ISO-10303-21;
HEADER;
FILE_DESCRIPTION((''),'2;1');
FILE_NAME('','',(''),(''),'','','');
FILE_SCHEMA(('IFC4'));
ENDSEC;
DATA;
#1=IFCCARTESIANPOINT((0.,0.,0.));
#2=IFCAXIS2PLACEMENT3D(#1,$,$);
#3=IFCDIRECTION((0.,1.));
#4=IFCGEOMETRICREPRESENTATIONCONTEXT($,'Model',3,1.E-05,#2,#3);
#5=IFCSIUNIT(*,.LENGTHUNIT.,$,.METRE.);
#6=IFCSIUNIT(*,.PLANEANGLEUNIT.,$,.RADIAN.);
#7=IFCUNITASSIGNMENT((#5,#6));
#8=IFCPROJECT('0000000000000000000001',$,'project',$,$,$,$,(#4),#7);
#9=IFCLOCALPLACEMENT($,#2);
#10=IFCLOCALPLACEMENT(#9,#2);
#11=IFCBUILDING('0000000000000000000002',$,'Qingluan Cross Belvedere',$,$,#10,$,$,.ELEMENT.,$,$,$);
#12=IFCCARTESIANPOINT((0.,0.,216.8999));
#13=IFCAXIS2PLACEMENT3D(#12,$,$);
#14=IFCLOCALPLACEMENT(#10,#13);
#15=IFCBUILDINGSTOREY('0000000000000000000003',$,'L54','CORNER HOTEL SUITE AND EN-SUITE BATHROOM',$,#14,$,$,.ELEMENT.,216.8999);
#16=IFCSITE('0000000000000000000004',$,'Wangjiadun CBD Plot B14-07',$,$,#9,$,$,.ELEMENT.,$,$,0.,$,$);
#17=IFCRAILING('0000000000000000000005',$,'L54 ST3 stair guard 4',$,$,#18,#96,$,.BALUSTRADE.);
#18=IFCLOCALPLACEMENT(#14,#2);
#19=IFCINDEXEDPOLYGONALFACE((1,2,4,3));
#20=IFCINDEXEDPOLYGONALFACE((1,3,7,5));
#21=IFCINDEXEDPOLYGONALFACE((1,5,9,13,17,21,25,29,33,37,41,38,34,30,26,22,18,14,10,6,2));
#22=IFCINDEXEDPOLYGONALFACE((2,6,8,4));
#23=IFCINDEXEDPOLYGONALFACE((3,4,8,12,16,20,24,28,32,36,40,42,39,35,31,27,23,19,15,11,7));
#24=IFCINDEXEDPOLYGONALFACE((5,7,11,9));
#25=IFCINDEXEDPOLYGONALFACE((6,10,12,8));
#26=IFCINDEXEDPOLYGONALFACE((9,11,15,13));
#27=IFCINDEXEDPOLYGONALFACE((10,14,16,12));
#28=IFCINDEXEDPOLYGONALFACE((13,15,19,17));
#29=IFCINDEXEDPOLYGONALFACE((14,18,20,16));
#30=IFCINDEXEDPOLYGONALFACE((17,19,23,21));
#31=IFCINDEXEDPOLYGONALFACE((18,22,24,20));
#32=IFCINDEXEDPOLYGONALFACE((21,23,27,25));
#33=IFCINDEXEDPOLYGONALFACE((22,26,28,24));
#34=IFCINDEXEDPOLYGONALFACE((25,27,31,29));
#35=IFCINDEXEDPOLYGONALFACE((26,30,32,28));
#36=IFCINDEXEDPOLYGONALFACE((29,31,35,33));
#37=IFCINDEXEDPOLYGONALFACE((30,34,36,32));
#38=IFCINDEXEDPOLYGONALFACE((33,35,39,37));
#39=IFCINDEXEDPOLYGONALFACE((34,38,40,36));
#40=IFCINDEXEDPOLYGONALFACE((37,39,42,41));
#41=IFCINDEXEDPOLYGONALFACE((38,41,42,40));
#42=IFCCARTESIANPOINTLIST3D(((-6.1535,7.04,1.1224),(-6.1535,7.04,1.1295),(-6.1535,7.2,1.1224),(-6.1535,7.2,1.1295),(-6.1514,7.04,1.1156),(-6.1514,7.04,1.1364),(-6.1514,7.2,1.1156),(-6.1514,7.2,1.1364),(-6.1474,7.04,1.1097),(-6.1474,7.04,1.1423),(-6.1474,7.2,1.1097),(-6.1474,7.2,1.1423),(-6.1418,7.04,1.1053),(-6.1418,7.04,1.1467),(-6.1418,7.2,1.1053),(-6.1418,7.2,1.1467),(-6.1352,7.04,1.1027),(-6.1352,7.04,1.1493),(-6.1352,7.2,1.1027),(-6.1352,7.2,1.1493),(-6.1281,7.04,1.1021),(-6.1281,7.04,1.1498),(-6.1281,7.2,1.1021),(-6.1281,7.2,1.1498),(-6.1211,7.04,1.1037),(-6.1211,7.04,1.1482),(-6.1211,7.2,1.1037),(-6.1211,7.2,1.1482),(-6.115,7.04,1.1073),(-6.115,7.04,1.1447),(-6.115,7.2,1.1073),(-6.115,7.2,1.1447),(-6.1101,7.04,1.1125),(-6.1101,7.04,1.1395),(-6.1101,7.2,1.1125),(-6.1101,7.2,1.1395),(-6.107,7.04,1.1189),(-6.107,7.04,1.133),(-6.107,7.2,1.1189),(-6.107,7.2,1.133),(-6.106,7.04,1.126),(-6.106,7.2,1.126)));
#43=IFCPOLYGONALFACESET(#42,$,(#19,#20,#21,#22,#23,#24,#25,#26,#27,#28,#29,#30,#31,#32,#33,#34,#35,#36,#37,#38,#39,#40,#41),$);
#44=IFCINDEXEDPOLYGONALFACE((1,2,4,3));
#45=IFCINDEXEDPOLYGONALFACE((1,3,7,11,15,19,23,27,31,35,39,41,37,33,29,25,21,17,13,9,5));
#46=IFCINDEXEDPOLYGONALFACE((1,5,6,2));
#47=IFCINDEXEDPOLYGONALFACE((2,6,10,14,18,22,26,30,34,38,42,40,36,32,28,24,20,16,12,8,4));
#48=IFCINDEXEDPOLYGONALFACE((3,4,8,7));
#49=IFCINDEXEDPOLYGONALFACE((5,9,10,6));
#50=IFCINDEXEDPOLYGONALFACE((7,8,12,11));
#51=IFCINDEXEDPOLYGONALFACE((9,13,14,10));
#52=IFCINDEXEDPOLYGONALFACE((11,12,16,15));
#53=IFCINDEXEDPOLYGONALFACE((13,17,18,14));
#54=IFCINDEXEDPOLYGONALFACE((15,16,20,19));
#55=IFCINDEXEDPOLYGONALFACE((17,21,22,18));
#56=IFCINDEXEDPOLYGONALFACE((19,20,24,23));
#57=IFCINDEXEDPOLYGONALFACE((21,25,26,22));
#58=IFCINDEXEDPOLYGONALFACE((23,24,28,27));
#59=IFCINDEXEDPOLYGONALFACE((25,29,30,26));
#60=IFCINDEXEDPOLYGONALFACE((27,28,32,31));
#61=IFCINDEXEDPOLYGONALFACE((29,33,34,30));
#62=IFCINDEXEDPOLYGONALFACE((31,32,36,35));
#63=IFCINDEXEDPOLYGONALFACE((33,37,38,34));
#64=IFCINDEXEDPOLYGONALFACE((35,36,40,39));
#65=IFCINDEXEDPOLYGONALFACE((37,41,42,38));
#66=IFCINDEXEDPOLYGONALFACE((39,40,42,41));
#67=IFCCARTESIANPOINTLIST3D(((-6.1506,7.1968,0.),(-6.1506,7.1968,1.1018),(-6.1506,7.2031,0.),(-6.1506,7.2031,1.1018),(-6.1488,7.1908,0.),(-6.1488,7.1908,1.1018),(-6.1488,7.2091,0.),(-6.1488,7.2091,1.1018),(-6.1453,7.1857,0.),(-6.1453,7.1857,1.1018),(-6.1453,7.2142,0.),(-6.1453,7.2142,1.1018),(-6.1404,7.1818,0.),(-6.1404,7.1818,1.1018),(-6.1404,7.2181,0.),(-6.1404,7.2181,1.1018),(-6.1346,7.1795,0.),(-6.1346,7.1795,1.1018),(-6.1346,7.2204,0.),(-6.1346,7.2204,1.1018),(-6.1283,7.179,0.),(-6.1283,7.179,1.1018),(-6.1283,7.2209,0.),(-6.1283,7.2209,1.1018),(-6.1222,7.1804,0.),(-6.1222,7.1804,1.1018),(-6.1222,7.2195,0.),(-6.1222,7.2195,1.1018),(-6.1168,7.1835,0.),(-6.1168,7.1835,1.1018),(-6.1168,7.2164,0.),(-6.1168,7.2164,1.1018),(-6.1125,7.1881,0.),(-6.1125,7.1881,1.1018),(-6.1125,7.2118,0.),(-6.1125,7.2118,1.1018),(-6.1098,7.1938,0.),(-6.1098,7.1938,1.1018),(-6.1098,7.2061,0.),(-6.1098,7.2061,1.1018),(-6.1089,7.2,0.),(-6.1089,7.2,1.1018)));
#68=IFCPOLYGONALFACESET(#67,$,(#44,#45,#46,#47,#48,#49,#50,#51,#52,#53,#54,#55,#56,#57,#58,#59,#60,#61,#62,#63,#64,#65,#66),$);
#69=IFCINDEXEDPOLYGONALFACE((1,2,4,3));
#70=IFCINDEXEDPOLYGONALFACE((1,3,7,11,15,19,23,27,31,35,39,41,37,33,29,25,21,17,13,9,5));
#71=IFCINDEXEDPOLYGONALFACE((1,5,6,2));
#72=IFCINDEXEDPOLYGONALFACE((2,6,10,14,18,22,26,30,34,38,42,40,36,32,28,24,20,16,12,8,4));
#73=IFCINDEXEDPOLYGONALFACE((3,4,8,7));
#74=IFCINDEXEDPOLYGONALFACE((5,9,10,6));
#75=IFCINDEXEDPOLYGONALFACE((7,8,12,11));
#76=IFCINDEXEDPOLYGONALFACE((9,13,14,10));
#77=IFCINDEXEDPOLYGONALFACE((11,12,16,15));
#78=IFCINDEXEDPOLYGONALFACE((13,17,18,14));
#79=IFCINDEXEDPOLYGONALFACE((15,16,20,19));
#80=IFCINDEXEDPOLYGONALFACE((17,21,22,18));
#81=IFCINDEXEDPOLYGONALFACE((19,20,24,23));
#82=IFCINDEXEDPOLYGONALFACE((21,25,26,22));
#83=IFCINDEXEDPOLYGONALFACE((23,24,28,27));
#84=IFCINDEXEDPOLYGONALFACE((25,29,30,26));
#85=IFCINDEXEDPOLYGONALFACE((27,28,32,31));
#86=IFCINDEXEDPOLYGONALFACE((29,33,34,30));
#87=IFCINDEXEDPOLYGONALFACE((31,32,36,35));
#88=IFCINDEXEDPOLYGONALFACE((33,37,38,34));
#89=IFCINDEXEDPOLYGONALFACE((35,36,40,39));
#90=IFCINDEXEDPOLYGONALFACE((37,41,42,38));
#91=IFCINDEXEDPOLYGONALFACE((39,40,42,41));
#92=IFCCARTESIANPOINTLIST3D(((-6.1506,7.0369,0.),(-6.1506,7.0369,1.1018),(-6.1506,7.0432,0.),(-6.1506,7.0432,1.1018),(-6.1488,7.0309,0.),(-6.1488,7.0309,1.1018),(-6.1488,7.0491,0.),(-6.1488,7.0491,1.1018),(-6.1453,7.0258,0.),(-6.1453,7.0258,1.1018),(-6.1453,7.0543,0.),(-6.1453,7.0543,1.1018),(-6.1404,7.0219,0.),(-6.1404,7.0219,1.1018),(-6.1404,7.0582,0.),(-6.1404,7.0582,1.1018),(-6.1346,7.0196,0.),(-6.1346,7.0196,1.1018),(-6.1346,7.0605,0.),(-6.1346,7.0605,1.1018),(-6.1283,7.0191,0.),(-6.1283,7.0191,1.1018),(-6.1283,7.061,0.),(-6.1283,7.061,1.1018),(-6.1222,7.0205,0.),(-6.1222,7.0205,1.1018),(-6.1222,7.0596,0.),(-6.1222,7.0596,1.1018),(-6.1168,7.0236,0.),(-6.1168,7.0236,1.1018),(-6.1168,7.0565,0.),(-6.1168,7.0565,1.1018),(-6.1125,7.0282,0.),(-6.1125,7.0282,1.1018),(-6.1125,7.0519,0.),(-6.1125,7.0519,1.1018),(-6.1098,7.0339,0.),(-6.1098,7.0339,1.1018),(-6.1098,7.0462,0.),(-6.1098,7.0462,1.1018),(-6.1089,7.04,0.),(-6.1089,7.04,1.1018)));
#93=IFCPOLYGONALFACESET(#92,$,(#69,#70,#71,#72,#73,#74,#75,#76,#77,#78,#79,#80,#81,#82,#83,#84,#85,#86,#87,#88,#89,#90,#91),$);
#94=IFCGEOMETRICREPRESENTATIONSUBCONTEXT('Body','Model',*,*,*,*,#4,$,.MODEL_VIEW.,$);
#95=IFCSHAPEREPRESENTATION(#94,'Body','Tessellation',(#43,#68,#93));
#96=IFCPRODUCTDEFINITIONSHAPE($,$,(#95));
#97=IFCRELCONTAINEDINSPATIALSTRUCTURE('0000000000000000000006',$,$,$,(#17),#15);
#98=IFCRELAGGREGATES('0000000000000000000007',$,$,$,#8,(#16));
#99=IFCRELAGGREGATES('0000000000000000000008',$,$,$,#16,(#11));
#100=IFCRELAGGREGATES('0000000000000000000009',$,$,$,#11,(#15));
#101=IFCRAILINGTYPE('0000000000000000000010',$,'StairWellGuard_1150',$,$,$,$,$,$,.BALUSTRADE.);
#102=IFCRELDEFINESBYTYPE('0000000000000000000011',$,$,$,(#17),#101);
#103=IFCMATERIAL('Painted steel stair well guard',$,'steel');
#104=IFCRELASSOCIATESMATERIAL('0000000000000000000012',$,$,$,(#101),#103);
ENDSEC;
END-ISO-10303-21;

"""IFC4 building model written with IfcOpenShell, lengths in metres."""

from ifc_helpers import new_model, si_unit, direction, frame, origin, origin_2d, place, context, subcontext, project, spatial, circle, extrude, material, type_object, element, save


model = new_model("IFC4")

# Units and contexts
model_context = context("Model", 3, precision=1e-05, world=origin(), true_north=direction((0.0, 1.0)))
body_context = subcontext(model_context, "Body", "Model", "MODEL_VIEW")
ifc_project = project(units=[si_unit("LENGTHUNIT", "METRE"), si_unit("PLANEANGLEUNIT", "RADIAN")], contexts=[model_context])

# Site, building, storey
site_placement = place(None, origin())
site = spatial("IfcSite", under=ifc_project, at=site_placement, Name="Wangjiadun CBD Plot B14-07", CompositionType="ELEMENT", RefElevation=0.0)
building_placement = place(site_placement, origin())
building = spatial("IfcBuilding", under=site, at=building_placement, Name="Qingluan Cross Belvedere", CompositionType="ELEMENT")
storey_placement = place(building_placement, frame((0.0, 0.0, 216.8999)))
storey = spatial("IfcBuildingStorey", under=building, at=storey_placement, Name="L54", Description="CORNER HOTEL SUITE AND EN-SUITE BATHROOM", CompositionType="ELEMENT", Elevation=216.8999)

# Railing
ifc_material_1 = material(Name="Painted steel stair well guard", Category="steel")
railing_type_1 = type_object("IfcRailingType", Name="StairWellGuard_1150", PredefinedType="BALUSTRADE", material=ifc_material_1)
railing_1_placement = place(storey_placement, frame((-6.1299, 7.2, 0.0)))
element("IfcRailing", 1, at=railing_1_placement, inside=storey, type_object=railing_type_1, Name="L54 ST3 stair guard 4", PredefinedType="BALUSTRADE", context=body_context, shape_type="SweptSolid", body=[
    extrude(circle(Radius=0.0239, at=origin_2d()), frame((0.0, 0.0, 1.126), z_axis=(0.0, -1.0, 0.0), x_axis=(1.0, 0.0, 0.0)), (0.0, 0.0, 1.0), 0.1599),
    extrude(circle(Radius=0.021, at=origin_2d()), origin(), (0.0, 0.0, 1.0), 1.1018),
    extrude(circle(Radius=0.021, at=origin_2d()), frame((0.0, -0.1599, 0.0)), (0.0, 0.0, 1.0), 1.1018),
])

save(model, "model.ifc")
